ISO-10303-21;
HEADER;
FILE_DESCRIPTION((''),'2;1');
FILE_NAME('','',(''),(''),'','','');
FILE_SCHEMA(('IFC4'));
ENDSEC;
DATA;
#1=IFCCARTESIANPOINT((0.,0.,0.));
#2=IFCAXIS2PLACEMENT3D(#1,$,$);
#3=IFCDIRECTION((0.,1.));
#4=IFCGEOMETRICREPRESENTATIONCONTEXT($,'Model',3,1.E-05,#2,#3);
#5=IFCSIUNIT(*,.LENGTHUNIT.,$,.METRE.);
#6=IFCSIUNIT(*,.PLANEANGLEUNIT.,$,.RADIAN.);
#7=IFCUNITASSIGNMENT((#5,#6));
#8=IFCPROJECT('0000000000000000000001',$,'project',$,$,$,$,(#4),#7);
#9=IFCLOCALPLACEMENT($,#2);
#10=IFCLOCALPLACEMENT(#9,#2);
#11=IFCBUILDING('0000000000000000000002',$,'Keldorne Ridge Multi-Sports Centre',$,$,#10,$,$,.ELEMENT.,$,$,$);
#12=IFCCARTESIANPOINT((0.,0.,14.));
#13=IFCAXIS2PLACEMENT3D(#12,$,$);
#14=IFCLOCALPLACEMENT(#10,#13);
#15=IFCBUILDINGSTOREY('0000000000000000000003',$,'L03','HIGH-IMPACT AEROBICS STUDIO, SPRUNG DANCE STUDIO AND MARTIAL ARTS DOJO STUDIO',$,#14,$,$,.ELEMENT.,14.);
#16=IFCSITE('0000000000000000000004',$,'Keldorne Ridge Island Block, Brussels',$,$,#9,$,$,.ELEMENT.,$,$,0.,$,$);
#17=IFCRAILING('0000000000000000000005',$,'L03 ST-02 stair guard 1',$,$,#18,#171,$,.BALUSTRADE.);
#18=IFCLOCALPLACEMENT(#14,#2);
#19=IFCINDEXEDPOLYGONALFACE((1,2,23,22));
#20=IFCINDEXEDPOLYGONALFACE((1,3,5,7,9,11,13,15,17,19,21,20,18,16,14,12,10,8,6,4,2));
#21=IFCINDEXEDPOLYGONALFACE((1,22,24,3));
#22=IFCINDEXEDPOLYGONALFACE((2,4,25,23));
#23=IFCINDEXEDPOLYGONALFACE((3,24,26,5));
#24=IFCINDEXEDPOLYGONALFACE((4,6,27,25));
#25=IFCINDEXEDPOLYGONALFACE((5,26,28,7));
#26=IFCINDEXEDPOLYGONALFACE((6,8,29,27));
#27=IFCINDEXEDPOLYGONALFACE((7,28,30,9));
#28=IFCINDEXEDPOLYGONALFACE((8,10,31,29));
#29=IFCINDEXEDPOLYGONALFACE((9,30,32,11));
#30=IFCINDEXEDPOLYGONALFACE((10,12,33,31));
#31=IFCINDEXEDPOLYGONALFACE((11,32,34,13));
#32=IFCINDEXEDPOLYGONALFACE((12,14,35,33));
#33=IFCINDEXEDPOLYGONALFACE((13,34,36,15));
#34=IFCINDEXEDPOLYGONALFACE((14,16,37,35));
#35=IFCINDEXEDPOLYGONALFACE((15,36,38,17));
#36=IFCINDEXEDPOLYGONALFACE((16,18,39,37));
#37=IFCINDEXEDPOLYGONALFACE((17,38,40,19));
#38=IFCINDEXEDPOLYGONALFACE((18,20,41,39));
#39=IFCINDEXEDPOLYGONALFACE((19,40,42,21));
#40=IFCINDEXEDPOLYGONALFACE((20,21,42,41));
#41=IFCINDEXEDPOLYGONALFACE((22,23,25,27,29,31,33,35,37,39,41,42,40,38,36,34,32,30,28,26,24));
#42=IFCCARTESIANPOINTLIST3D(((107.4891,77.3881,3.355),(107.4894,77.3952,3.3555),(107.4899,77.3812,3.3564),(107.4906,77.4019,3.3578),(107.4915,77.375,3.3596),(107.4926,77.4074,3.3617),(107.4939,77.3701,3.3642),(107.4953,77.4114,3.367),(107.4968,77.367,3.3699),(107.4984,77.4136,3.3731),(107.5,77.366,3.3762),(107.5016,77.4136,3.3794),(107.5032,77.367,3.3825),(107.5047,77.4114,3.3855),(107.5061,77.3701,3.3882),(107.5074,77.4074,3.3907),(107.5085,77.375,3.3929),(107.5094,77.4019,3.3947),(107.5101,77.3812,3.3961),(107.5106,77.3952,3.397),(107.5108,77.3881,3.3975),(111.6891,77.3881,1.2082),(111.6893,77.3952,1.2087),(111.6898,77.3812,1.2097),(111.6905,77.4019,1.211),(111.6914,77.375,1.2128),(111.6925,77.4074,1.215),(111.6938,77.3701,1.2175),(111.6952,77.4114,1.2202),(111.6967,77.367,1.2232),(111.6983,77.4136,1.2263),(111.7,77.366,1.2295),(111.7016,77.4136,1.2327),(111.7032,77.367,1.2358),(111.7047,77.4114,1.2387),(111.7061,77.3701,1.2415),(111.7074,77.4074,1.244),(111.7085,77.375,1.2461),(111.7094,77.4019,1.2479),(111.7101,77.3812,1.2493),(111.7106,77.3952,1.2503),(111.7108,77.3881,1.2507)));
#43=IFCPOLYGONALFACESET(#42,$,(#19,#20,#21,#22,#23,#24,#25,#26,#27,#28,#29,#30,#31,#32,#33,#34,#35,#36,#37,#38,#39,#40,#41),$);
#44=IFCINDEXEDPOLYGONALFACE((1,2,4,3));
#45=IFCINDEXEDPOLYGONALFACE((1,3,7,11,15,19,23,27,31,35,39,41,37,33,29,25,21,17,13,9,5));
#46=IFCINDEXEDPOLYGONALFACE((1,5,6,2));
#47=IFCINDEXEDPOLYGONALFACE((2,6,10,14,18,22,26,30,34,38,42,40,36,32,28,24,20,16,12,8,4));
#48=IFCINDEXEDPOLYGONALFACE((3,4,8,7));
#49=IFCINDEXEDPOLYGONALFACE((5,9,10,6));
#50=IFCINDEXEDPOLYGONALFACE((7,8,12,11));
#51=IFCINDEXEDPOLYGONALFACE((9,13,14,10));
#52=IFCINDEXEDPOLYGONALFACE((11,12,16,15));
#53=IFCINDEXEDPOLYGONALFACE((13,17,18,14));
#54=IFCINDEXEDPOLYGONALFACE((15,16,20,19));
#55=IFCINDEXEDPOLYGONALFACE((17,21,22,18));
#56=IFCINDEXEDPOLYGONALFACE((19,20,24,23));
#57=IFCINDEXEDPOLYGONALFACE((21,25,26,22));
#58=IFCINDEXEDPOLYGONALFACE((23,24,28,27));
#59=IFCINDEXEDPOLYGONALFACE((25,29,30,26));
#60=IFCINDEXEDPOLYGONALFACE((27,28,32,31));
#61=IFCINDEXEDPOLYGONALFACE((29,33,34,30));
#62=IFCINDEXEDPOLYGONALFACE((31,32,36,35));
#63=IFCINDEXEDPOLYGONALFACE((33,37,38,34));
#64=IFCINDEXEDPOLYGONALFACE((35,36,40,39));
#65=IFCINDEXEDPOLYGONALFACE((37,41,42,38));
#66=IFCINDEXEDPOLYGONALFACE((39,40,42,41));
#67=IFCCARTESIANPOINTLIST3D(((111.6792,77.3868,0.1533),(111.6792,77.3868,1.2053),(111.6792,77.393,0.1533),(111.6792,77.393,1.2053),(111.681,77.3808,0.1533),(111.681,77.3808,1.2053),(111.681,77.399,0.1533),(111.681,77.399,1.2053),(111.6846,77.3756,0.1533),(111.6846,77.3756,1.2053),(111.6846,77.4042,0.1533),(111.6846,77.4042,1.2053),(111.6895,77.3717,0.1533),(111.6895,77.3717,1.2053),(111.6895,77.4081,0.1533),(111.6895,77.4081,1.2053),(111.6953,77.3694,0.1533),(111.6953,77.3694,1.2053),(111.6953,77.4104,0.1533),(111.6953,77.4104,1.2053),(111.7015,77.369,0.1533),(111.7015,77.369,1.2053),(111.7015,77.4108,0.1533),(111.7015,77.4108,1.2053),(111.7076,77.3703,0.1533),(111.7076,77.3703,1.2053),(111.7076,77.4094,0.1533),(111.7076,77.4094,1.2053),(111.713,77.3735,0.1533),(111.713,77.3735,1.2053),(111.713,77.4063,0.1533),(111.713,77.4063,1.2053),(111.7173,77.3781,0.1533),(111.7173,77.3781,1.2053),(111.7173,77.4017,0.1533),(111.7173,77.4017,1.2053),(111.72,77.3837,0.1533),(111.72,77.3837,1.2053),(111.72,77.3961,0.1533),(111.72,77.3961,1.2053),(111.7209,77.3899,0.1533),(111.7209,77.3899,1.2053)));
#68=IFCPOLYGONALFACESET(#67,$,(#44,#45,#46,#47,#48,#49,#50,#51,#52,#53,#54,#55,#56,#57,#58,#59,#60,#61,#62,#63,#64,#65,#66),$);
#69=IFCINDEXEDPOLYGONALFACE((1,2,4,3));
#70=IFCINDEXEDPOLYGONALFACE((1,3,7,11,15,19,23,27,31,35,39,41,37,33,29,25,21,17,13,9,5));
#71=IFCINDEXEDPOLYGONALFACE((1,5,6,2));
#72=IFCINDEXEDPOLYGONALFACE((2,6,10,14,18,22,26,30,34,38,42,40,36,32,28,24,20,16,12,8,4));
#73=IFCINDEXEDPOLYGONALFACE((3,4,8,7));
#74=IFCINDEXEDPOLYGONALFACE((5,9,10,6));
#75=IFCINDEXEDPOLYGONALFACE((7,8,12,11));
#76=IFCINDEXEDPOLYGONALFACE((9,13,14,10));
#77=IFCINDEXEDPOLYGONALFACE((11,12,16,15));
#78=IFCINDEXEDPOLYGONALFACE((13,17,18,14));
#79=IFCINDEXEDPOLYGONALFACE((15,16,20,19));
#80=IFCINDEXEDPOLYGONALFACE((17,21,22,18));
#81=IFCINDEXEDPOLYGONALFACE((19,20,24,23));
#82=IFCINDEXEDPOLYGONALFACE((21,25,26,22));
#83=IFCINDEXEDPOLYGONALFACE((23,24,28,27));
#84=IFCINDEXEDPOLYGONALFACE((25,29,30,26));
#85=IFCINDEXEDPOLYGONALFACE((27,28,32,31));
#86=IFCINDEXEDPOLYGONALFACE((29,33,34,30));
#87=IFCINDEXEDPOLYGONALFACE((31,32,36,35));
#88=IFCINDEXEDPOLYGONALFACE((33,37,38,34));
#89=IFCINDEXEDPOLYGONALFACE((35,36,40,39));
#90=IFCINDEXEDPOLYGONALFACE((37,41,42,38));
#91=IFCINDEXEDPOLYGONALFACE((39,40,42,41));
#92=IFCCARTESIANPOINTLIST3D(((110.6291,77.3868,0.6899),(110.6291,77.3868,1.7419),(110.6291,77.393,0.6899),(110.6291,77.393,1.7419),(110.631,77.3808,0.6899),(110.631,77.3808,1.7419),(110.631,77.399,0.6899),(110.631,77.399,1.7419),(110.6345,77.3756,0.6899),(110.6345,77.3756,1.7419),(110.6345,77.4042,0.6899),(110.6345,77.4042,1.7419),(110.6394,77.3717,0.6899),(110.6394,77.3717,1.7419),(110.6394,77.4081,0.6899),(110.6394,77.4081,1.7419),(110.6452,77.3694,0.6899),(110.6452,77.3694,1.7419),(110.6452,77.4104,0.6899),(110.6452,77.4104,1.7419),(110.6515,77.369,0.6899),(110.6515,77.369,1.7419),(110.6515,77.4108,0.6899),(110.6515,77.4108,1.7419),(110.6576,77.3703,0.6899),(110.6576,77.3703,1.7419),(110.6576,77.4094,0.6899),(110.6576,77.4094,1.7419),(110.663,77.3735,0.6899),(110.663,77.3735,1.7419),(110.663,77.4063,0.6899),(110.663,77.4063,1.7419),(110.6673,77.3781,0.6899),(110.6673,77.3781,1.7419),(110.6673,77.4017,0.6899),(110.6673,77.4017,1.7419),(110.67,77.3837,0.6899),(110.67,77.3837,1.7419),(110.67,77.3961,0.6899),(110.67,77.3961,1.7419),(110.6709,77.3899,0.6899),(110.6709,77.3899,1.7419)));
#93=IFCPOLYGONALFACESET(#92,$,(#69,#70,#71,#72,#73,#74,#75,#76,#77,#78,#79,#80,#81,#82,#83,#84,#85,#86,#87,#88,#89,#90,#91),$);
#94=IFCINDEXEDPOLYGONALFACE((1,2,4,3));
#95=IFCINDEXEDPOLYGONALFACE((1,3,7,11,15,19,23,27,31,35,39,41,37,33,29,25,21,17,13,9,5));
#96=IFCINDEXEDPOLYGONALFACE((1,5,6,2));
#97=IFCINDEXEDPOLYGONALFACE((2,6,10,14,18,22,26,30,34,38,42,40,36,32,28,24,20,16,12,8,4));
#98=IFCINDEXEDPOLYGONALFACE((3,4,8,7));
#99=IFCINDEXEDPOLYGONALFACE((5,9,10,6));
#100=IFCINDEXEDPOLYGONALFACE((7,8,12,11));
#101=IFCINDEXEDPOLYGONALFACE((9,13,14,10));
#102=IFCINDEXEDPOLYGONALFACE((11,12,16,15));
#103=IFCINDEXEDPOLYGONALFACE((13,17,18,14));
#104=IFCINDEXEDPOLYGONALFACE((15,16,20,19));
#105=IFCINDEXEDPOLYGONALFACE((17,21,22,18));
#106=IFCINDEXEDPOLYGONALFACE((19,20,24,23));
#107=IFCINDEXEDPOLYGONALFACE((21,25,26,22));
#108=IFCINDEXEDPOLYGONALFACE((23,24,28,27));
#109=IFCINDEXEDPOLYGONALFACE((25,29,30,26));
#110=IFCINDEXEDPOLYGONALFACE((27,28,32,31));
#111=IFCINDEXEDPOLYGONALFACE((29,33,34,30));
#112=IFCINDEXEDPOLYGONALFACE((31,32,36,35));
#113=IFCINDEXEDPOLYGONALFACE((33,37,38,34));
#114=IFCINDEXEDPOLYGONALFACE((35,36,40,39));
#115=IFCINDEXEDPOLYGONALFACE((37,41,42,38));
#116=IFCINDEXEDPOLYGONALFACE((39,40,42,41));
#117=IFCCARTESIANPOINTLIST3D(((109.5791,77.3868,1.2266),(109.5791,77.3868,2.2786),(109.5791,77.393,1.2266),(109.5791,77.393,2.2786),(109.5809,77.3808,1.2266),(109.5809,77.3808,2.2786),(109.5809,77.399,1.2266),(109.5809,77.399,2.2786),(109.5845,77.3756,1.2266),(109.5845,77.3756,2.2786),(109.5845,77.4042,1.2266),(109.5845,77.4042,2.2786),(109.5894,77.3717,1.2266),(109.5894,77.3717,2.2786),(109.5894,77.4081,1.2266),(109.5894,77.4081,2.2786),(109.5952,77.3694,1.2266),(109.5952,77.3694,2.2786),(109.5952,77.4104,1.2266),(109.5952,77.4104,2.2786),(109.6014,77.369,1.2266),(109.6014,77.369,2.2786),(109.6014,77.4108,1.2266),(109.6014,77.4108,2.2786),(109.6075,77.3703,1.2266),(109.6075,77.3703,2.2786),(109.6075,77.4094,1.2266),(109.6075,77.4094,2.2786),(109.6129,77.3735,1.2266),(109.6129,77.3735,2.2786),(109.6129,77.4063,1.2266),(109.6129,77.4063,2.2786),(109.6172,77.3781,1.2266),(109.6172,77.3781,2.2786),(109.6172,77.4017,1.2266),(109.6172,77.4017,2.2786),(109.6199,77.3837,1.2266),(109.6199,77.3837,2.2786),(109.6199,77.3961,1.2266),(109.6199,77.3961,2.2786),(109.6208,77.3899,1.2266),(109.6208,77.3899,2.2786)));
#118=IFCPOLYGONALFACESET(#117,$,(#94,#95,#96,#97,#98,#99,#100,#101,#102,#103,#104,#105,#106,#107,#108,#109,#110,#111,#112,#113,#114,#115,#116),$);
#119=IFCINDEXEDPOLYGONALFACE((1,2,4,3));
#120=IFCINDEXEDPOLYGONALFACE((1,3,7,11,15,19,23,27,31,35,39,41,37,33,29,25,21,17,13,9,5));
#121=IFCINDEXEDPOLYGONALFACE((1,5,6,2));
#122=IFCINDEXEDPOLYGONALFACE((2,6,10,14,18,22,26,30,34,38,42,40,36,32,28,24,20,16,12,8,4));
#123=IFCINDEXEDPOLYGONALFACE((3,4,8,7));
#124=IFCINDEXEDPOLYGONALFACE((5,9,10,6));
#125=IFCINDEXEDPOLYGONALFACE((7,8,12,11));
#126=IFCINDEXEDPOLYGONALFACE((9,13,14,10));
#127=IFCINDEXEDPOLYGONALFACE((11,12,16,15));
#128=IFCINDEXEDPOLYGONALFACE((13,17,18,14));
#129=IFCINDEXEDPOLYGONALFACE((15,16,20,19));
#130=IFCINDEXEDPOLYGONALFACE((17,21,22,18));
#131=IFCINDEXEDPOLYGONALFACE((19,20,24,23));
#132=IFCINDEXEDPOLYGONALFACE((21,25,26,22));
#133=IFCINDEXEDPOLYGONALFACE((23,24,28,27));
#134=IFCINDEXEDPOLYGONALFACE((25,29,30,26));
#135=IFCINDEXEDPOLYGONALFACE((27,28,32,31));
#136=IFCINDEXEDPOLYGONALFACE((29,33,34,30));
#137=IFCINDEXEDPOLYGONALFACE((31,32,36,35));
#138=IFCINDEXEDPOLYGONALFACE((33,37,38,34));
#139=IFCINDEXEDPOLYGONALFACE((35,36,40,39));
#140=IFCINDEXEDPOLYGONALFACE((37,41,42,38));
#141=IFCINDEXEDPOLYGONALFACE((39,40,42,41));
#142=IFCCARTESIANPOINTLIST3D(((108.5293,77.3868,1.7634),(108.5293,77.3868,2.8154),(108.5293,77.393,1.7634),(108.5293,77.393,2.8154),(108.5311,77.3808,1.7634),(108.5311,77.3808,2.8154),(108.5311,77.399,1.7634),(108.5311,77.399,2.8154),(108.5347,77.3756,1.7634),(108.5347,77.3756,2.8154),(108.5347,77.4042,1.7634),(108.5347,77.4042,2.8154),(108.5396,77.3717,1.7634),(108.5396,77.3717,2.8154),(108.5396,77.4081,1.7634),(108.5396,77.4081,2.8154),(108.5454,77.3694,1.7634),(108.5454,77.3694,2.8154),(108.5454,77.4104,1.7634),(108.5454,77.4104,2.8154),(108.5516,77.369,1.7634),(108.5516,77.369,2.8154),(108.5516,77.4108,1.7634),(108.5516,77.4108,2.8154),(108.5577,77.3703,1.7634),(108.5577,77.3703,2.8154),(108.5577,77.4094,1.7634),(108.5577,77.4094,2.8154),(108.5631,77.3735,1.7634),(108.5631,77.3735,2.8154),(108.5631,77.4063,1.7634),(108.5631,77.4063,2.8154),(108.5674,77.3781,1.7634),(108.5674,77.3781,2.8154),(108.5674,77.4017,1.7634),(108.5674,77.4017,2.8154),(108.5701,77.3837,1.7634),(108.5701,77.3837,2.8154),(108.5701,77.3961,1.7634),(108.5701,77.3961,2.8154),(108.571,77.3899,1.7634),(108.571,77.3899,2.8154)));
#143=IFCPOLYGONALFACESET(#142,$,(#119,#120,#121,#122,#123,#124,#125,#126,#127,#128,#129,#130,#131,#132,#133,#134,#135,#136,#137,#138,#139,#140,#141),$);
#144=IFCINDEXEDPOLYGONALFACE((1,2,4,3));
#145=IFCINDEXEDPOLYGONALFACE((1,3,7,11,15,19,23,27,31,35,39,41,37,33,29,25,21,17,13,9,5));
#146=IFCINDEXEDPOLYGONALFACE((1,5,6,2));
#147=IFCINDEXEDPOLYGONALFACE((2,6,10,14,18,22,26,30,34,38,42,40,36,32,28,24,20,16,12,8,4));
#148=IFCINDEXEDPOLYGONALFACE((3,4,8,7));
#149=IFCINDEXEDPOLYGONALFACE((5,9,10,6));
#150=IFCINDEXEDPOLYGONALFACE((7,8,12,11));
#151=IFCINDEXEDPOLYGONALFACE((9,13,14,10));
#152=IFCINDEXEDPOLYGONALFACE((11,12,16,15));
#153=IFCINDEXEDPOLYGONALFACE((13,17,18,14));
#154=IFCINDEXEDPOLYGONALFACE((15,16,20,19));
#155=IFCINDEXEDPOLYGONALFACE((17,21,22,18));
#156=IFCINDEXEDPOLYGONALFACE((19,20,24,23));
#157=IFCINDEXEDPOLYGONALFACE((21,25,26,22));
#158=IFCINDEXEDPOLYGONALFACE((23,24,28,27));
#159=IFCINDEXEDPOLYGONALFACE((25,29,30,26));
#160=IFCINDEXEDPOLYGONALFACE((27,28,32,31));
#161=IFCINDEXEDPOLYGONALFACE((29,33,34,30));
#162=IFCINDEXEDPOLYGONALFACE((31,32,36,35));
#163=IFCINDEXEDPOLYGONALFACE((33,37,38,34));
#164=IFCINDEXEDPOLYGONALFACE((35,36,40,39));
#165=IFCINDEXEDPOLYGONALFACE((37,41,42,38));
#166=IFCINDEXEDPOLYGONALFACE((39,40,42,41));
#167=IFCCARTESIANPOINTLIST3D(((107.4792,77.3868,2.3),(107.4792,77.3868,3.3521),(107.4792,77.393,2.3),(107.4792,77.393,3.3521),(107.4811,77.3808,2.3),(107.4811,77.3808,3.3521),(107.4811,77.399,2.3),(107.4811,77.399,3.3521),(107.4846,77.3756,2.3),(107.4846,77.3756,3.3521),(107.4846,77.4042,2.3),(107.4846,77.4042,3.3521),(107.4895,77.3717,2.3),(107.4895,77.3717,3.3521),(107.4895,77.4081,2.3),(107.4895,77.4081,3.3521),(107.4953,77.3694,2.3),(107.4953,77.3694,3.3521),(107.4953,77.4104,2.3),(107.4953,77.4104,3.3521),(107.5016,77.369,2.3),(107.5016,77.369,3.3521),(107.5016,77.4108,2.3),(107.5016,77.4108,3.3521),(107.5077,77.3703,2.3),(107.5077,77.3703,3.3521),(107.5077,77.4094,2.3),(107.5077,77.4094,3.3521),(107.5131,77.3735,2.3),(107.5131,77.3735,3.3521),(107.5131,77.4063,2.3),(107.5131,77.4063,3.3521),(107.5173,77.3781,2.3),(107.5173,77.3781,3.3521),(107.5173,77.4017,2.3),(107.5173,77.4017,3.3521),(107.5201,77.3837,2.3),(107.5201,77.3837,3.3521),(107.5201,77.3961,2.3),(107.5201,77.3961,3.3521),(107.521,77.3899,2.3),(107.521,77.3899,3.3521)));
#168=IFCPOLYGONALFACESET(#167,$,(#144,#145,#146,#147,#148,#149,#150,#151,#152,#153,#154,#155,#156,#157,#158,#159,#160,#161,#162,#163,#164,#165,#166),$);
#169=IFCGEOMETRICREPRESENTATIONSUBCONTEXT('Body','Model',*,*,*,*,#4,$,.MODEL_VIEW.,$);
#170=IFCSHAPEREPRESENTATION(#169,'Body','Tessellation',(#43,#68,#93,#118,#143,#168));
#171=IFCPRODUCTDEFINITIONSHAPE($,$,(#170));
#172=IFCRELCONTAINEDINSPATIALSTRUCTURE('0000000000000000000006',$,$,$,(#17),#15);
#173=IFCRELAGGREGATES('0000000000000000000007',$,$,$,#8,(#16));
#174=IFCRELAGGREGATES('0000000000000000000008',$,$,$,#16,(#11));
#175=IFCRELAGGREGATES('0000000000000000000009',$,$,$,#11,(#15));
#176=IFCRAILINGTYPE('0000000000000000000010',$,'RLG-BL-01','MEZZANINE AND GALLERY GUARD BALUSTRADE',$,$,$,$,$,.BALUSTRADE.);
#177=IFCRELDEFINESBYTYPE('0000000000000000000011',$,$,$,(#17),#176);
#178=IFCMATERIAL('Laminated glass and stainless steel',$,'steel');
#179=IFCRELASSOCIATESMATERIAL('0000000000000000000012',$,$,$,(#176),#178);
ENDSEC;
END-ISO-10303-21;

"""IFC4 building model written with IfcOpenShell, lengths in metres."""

from ifc_helpers import new_model, si_unit, direction, frame, origin, origin_2d, place, context, subcontext, project, spatial, circle, extrude, material, type_object, element, save


model = new_model("IFC4")

# Units and contexts
model_context = context("Model", 3, precision=1e-05, world=origin(), true_north=direction((0.0, 1.0)))
body_context = subcontext(model_context, "Body", "Model", "MODEL_VIEW")
ifc_project = project(units=[si_unit("LENGTHUNIT", "METRE"), si_unit("PLANEANGLEUNIT", "RADIAN")], contexts=[model_context])

# Site, building, storey
site_placement = place(None, origin())
site = spatial("IfcSite", under=ifc_project, at=site_placement, Name="Keldorne Ridge Island Block, Brussels", CompositionType="ELEMENT", RefElevation=0.0)
building_placement = place(site_placement, origin())
building = spatial("IfcBuilding", under=site, at=building_placement, Name="Keldorne Ridge Multi-Sports Centre", CompositionType="ELEMENT")
storey_placement = place(building_placement, frame((0.0, 0.0, 14.0)))
storey = spatial("IfcBuildingStorey", under=building, at=storey_placement, Name="L03", Description="HIGH-IMPACT AEROBICS STUDIO, SPRUNG DANCE STUDIO AND MARTIAL ARTS DOJO STUDIO", CompositionType="ELEMENT", Elevation=14.0)

# Railing
ifc_material_1 = material(Name="Laminated glass and stainless steel", Category="steel")
railing_type_1 = type_object("IfcRailingType", Name="RLG-BL-01", Description="MEZZANINE AND GALLERY GUARD BALUSTRADE", PredefinedType="BALUSTRADE", material=ifc_material_1)
railing_1_placement = place(storey_placement, frame((111.7, 77.3899, 0.1533)))
element("IfcRailing", 1, at=railing_1_placement, inside=storey, type_object=railing_type_1, Name="L03 ST-02 stair guard 1", PredefinedType="BALUSTRADE", context=body_context, shape_type="SweptSolid", body=[
    extrude(circle(Radius=0.0239, at=origin_2d()), frame((0.0, 0.0, 1.0762), z_axis=(-0.890427, 0.0, 0.455126), x_axis=(0.0, -1.0, 0.0)), (0.0, 0.0, 1.0), 4.7168),
    extrude(circle(Radius=0.021, at=origin_2d()), origin(), (0.0, 0.0, 1.0), 1.052),
    extrude(circle(Radius=0.021, at=origin_2d()), frame((-1.05, 0.0, 0.5366)), (0.0, 0.0, 1.0), 1.052),
    extrude(circle(Radius=0.021, at=origin_2d()), frame((-2.1001, 0.0, 1.0732)), (0.0, 0.0, 1.0), 1.052),
    extrude(circle(Radius=0.021, at=origin_2d()), frame((-3.1499, 0.0, 1.6101)), (0.0, 0.0, 1.0), 1.052),
    extrude(circle(Radius=0.021, at=origin_2d()), frame((-4.2, 0.0, 2.1467)), (0.0, 0.0, 1.0), 1.052),
])

save(model, "model.ifc")
